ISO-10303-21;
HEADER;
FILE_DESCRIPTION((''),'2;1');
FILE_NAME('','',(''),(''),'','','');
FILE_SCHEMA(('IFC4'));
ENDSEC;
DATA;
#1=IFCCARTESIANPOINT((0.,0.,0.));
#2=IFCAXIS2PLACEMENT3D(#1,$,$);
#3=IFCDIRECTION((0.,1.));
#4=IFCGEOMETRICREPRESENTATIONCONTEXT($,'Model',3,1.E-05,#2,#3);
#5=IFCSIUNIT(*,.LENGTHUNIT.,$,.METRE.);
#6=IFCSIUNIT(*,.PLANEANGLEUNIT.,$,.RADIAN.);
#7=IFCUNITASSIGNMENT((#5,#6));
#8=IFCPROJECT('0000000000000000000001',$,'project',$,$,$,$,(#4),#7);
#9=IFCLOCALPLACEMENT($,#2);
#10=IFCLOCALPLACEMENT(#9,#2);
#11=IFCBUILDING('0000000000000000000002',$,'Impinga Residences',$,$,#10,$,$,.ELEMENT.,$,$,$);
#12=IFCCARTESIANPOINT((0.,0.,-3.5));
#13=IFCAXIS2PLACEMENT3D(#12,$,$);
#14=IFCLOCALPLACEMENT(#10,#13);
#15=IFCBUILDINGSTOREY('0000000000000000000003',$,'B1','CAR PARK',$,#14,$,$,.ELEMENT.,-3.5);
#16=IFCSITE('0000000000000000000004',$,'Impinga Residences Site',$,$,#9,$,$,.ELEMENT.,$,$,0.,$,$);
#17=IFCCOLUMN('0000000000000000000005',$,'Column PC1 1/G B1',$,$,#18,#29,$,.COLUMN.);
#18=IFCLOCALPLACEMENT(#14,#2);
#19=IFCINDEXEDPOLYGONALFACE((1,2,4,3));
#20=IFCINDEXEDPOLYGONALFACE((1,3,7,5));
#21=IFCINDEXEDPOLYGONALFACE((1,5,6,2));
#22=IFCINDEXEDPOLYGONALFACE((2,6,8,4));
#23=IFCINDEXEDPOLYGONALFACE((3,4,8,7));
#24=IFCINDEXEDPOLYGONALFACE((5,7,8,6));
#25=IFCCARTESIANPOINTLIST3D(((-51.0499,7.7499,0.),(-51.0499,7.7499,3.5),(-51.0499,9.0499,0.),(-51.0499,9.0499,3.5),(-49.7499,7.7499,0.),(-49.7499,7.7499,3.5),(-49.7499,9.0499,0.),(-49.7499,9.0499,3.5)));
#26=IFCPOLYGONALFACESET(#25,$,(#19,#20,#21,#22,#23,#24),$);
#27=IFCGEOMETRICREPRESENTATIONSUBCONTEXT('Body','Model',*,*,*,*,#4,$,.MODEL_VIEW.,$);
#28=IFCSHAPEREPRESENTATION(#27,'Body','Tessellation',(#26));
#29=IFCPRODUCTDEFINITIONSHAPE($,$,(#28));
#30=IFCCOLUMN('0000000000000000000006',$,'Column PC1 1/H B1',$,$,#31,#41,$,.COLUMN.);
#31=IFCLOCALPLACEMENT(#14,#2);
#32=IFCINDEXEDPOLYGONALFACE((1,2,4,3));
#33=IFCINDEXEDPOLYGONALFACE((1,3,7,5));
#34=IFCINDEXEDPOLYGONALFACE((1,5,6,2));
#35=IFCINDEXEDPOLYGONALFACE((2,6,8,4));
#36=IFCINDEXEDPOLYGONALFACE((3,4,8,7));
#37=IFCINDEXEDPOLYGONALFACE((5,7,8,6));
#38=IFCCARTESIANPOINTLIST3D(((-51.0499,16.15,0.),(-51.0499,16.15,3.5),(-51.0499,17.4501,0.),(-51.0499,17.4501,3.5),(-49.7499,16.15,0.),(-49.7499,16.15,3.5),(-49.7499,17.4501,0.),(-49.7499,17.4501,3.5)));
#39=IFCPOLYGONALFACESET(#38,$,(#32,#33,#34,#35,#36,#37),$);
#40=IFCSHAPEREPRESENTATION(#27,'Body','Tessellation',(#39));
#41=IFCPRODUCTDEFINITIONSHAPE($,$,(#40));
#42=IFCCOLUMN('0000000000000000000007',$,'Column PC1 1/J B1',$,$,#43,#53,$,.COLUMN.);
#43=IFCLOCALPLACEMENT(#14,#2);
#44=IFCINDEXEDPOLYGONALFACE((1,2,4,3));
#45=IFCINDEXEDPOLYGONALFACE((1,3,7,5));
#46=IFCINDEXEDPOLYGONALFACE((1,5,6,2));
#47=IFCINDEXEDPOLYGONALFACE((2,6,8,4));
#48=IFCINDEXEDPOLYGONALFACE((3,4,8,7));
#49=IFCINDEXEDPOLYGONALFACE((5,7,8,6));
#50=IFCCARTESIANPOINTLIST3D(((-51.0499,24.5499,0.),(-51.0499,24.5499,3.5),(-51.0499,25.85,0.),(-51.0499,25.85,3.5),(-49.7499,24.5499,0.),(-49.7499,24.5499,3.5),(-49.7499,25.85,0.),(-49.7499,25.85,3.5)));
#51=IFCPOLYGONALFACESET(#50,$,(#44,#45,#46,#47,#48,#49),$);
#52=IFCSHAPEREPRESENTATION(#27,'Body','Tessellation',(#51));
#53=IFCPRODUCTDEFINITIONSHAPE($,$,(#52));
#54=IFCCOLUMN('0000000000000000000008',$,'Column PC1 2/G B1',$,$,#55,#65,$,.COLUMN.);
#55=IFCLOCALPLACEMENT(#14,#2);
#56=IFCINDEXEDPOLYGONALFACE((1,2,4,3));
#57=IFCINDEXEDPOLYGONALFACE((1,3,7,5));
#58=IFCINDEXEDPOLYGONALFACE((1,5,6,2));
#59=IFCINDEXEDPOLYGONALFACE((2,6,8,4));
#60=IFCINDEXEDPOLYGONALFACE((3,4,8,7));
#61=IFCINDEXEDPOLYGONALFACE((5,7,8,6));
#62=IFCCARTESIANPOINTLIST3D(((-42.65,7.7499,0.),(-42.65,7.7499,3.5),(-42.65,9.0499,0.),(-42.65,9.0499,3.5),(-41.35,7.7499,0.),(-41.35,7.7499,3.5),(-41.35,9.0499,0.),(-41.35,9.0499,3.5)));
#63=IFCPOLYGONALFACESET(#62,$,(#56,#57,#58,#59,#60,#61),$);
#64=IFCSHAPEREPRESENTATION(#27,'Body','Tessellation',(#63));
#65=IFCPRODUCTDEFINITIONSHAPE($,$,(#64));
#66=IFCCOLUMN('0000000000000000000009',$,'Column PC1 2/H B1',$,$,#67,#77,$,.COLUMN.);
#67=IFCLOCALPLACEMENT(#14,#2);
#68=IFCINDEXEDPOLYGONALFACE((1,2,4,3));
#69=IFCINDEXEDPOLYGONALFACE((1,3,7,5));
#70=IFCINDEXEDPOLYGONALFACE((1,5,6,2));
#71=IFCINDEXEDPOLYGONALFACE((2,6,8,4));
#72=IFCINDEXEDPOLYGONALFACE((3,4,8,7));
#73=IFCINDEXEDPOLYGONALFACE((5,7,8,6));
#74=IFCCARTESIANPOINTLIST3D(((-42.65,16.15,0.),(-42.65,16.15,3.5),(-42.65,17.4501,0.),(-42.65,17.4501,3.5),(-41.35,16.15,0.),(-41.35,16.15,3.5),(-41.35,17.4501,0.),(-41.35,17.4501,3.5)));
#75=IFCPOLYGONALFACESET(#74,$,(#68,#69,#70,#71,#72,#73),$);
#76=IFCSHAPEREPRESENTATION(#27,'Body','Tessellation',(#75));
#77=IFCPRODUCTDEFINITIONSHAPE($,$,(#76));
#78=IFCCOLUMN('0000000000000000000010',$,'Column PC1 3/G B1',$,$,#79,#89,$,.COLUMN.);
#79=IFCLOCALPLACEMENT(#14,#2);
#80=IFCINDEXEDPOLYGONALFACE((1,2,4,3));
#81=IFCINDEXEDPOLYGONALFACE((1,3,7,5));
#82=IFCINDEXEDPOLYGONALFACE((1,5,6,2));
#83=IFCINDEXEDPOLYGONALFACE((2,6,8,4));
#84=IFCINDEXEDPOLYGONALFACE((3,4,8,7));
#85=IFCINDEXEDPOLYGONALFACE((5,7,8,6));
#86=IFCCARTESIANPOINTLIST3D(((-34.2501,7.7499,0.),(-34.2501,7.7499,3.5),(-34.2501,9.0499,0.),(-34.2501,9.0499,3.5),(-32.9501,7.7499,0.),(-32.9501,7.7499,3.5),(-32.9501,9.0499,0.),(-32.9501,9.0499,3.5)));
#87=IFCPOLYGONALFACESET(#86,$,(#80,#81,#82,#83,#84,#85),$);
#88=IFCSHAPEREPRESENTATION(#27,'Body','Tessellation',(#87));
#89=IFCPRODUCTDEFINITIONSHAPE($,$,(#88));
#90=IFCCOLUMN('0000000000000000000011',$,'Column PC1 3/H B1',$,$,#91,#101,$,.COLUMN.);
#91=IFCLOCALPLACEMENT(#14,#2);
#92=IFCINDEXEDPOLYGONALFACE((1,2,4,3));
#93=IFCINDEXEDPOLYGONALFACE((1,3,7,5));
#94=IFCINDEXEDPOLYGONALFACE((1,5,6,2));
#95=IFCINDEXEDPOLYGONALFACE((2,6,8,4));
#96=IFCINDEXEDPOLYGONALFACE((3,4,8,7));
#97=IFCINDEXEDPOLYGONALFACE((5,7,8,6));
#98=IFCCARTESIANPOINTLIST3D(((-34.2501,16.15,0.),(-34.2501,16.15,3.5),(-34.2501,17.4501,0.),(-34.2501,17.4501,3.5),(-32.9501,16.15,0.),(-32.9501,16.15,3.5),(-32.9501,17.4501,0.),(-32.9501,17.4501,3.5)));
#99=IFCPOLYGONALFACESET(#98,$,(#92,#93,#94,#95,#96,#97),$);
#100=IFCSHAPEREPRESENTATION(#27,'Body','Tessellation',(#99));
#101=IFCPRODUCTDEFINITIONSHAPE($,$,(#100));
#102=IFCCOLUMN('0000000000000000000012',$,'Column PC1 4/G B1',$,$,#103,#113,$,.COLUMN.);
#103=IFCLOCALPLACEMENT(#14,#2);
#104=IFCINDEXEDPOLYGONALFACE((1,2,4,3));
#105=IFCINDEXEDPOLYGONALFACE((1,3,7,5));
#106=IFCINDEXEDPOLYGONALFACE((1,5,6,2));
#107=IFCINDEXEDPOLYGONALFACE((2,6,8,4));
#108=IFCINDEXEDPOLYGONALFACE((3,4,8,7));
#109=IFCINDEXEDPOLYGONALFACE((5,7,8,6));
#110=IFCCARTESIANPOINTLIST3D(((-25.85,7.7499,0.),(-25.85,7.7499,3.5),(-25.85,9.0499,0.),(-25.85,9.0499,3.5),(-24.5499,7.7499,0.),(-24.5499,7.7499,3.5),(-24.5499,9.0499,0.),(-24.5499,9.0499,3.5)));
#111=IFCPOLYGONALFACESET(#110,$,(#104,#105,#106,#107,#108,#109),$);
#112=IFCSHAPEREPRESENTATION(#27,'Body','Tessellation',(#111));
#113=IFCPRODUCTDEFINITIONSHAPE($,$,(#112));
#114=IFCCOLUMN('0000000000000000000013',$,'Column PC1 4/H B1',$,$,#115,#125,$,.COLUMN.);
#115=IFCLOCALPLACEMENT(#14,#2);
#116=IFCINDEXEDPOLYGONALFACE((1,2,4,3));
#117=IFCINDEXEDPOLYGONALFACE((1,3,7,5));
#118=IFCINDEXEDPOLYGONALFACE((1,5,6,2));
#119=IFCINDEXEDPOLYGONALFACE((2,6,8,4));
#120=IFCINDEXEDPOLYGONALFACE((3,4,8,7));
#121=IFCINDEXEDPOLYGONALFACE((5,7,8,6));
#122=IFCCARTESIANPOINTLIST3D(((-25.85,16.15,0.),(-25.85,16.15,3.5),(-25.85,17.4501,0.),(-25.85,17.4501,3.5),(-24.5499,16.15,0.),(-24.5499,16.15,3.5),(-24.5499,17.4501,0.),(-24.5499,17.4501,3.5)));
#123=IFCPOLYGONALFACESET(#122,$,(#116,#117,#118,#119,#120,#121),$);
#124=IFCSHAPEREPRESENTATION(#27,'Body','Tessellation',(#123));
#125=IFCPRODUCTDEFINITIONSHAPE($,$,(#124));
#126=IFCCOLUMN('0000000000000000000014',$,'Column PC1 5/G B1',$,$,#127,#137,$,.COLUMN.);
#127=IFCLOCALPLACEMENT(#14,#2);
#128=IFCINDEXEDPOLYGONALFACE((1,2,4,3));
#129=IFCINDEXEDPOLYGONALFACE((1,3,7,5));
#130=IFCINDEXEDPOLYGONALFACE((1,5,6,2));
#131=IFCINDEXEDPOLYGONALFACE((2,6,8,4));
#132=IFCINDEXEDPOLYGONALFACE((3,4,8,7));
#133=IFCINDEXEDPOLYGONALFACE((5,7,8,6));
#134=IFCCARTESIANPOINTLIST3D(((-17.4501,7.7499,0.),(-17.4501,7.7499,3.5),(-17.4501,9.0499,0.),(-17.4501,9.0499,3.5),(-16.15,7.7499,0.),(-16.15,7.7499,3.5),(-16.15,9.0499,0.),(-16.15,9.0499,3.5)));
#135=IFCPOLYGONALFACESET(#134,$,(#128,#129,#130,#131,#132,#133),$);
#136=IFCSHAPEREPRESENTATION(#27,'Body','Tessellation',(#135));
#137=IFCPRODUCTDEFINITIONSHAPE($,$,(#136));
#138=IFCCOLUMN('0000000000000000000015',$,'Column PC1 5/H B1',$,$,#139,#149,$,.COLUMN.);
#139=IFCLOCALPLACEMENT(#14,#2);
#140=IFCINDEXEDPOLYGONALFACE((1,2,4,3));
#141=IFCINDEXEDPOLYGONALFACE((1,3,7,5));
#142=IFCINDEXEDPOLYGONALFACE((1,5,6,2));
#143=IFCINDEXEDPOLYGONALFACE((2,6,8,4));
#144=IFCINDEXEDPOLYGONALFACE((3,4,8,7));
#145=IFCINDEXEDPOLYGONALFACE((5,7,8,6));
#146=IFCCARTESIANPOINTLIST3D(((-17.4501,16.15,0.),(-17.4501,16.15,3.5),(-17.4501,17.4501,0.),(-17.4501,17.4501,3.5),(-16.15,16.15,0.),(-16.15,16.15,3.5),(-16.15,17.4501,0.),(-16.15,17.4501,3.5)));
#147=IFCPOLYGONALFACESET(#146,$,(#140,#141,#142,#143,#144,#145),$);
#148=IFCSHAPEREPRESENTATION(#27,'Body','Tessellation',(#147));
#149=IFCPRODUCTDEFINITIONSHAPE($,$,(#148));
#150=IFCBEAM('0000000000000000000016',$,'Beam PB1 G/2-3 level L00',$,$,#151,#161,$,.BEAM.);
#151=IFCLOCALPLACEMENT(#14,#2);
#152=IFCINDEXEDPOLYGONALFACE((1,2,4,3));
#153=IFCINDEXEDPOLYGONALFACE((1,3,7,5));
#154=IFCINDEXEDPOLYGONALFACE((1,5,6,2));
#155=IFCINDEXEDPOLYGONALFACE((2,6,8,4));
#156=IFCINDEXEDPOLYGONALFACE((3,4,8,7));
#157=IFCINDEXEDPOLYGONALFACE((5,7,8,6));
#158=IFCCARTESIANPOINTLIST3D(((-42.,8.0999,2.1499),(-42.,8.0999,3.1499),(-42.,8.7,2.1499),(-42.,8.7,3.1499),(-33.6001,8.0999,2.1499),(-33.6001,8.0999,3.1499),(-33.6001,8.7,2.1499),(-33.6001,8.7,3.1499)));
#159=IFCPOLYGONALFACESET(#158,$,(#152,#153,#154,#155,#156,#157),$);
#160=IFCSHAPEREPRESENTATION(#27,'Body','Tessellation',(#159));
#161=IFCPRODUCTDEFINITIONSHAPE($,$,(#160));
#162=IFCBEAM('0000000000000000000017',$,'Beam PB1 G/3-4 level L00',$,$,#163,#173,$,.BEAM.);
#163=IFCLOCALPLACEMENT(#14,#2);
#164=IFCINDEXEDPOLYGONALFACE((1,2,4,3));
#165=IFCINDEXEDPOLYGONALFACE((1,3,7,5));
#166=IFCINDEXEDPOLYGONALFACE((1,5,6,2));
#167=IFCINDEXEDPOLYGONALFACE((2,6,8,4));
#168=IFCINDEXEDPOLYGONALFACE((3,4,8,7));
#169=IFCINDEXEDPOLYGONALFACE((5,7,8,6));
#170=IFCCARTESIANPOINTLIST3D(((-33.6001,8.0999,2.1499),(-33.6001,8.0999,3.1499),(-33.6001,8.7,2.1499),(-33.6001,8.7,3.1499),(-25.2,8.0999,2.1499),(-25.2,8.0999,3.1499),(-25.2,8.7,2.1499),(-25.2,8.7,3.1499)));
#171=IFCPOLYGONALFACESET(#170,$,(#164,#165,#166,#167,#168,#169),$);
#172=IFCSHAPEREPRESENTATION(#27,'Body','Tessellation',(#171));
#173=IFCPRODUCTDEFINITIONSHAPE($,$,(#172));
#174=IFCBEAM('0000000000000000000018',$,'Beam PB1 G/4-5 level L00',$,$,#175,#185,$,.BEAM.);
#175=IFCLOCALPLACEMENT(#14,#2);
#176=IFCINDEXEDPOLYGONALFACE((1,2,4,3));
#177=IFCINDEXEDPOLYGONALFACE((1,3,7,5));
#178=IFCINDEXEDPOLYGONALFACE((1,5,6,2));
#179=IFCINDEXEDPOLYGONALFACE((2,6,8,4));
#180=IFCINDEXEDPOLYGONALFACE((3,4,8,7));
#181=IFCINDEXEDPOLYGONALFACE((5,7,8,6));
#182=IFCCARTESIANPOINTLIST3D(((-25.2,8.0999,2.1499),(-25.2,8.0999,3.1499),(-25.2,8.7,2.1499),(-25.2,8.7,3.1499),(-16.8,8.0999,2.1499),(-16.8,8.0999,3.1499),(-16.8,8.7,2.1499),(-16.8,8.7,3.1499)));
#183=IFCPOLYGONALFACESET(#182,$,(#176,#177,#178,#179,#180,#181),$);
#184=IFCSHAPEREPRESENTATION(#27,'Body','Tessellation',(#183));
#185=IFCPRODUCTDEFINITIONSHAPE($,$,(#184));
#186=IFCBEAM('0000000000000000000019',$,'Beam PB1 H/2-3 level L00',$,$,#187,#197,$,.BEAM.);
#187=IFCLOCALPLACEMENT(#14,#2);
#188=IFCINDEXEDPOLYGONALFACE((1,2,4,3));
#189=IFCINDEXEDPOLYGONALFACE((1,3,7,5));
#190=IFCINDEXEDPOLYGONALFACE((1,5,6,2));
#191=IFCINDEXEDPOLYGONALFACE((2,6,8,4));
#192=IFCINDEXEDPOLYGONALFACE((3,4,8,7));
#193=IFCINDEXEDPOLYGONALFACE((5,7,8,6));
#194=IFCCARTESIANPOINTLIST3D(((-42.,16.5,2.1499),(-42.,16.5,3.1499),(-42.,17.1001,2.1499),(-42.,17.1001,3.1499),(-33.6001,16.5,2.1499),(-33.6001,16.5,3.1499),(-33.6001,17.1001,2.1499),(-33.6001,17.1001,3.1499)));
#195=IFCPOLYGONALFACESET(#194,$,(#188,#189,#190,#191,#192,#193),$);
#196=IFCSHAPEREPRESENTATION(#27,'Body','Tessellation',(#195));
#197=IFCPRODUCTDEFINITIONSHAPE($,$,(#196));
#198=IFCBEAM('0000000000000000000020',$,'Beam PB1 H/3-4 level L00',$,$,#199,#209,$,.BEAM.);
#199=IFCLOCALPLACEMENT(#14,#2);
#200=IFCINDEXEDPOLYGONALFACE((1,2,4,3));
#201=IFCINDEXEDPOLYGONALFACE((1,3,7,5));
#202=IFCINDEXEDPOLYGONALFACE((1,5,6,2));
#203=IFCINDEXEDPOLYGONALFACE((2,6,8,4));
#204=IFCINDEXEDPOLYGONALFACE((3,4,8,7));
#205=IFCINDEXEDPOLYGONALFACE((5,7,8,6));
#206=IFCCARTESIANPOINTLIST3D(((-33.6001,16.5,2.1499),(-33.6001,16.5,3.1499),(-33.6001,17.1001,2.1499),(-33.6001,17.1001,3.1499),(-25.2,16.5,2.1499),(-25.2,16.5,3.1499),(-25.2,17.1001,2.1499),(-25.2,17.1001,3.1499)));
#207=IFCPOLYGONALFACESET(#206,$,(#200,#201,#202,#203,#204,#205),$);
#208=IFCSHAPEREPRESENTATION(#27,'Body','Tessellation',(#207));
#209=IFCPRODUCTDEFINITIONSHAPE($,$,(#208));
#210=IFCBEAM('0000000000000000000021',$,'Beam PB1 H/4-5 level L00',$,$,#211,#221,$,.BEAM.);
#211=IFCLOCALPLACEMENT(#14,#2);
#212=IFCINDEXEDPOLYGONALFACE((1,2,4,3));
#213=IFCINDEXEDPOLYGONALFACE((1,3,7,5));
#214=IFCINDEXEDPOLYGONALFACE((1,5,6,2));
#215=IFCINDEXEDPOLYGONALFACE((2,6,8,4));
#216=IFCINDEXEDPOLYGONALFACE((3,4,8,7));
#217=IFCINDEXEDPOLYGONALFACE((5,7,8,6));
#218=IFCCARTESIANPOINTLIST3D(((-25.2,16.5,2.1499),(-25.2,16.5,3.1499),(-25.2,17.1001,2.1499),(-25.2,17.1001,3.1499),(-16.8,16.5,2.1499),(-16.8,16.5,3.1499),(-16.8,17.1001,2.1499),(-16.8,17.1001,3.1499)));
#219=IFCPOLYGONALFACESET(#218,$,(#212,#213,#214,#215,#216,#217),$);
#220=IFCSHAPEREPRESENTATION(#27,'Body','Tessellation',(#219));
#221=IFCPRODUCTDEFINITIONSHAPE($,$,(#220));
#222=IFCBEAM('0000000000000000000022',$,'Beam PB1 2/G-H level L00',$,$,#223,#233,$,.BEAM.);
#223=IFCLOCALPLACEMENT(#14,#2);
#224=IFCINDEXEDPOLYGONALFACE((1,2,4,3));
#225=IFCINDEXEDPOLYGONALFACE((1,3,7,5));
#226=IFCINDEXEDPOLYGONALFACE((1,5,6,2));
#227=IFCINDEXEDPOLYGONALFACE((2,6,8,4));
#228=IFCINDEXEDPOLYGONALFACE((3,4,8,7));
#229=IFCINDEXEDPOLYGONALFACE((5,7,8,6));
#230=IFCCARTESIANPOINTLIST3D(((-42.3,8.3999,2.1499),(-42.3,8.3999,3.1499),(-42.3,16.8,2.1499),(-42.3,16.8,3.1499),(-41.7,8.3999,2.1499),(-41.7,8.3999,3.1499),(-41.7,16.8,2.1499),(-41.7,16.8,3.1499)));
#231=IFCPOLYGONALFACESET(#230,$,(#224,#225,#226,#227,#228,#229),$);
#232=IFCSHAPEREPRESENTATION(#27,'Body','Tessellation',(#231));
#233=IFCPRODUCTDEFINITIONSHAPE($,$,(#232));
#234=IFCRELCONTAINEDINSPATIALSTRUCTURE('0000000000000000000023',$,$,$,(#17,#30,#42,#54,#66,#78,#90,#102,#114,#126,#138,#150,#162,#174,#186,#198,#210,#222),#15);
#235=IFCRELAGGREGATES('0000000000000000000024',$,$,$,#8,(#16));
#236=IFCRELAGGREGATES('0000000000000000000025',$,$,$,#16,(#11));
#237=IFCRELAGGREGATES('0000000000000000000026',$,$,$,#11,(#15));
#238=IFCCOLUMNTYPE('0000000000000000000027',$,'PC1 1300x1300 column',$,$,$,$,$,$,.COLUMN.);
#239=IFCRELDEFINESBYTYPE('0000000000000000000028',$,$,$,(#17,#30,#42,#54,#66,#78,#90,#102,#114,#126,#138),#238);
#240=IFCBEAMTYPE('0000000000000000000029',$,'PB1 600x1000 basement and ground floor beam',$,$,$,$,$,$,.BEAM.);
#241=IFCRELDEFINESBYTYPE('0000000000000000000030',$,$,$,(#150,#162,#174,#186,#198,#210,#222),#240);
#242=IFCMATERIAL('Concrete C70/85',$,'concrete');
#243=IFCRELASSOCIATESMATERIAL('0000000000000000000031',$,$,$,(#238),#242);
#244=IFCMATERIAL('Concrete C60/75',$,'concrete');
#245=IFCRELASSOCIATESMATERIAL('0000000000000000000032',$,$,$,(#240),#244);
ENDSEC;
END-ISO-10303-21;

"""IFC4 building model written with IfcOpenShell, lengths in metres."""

from ifc_helpers import new_model, si_unit, direction, frame, origin, origin_2d, place, context, subcontext, project, spatial, rectangle, extrude, material, material_profile, profile_set, type_object, element, save


model = new_model("IFC4")

# Units and contexts
model_context = context("Model", 3, precision=1e-05, world=origin(), true_north=direction((0.0, 1.0)))
body_context = subcontext(model_context, "Body", "Model", "MODEL_VIEW")
ifc_project = project(units=[si_unit("LENGTHUNIT", "METRE"), si_unit("PLANEANGLEUNIT", "RADIAN")], contexts=[model_context])

# Site, building, storey
site_placement = place(None, origin())
site = spatial("IfcSite", under=ifc_project, at=site_placement, Name="Impinga Residences Site", CompositionType="ELEMENT", RefElevation=0.0)
building_placement = place(site_placement, origin())
building = spatial("IfcBuilding", under=site, at=building_placement, Name="Impinga Residences", CompositionType="ELEMENT")
storey_placement = place(building_placement, frame((0.0, 0.0, -3.5)))
storey = spatial("IfcBuildingStorey", under=building, at=storey_placement, Name="B1", Description="CAR PARK", CompositionType="ELEMENT", Elevation=-3.5)

# Columns
ifc_material_1 = material(Name="Concrete C70/85", Category="concrete")
ifc_material_profile_1 = material_profile(ifc_material_1, rectangle(XDim=1.3, YDim=1.3, at=origin_2d()), Name="RC 1300x1300")
ifc_profile_set_1 = profile_set([ifc_material_profile_1], Name="Concrete C70/85")
column_type = type_object("IfcColumnType", Name="PC1 1300x1300 column", PredefinedType="COLUMN", material=ifc_profile_set_1)
for number, where, z_axis, x_axis, name in (
    (1, (-50.3999, 8.3999, 0.0), (0.0, 0.0, 1.0), (1.0, 0.0, 0.0), "Column PC1 1/G B1"),
    (2, (-50.3999, 16.8, 0.0), (0.0, 0.0, 1.0), (1.0, 0.0, 0.0), "Column PC1 1/H B1"),
    (3, (-50.3999, 25.2, 0.0), (0.0, 0.0, 1.0), (1.0, 0.0, 0.0), "Column PC1 1/J B1"),
    (4, (-42.0, 8.3999, 0.0), (0.0, 0.0, 1.0), (1.0, 0.0, 0.0), "Column PC1 2/G B1"),
    (5, (-42.0, 16.8, 0.0), (0.0, 0.0, 1.0), (1.0, 0.0, 0.0), "Column PC1 2/H B1"),
    (6, (-33.6001, 8.3999, 0.0), (0.0, 0.0, 1.0), (1.0, 0.0, 0.0), "Column PC1 3/G B1"),
    (7, (-33.6001, 16.8, 0.0), (0.0, 0.0, 1.0), (1.0, 0.0, 0.0), "Column PC1 3/H B1"),
    (8, (-25.2, 8.3999, 0.0), (0.0, 0.0, 1.0), (1.0, 0.0, 0.0), "Column PC1 4/G B1"),
    (9, (-25.2, 16.8, 0.0), (0.0, 0.0, 1.0), (1.0, 0.0, 0.0), "Column PC1 4/H B1"),
    (10, (-16.8, 8.3999, 0.0), (0.0, 0.0, 1.0), (1.0, 0.0, 0.0), "Column PC1 5/G B1"),
    (11, (-16.8, 16.8, 0.0), (0.0, 0.0, 1.0), (1.0, 0.0, 0.0), "Column PC1 5/H B1"),
):
    element("IfcColumn", number, at=place(storey_placement, frame(where, z_axis=z_axis, x_axis=x_axis)), inside=storey, type_object=column_type, Name=name, PredefinedType="COLUMN", context=body_context, shape_type="SweptSolid", body=[
        extrude(rectangle(XDim=1.3, YDim=1.3, at=origin_2d()), origin(), (0.0, 0.0, 1.0), 3.5),
    ])

# Beams
ifc_material_2 = material(Name="Concrete C60/75", Category="concrete")
ifc_material_profile_2 = material_profile(ifc_material_2, rectangle(XDim=0.6001, YDim=1.0, at=origin_2d()), Name="RC 600x1000")
ifc_profile_set_2 = profile_set([ifc_material_profile_2], Name="Concrete C60/75")
beam_type = type_object("IfcBeamType", Name="PB1 600x1000 basement and ground floor beam", PredefinedType="BEAM", material=ifc_profile_set_2)
beam_1_placement = place(storey_placement, frame((-42.0, 8.3999, 2.6499), z_axis=(1.0, 0.0, 0.0), x_axis=(0.0, 1.0, 0.0)))
element("IfcBeam", 12, at=beam_1_placement, inside=storey, type_object=beam_type, Name="Beam PB1 G/2-3 level L00", PredefinedType="BEAM", context=body_context, shape_type="SweptSolid", body=[
    extrude(rectangle(XDim=0.6001, YDim=1.0, at=origin_2d()), origin(), (0.0, 0.0, 1.0), 8.3999),
])
beam_2_placement = place(storey_placement, frame((-33.6001, 8.3999, 2.6499), z_axis=(1.0, 0.0, 0.0), x_axis=(0.0, 1.0, 0.0)))
element("IfcBeam", 13, at=beam_2_placement, inside=storey, type_object=beam_type, Name="Beam PB1 G/3-4 level L00", PredefinedType="BEAM", context=body_context, shape_type="SweptSolid", body=[
    extrude(rectangle(XDim=0.6001, YDim=1.0, at=origin_2d()), origin(), (0.0, 0.0, 1.0), 8.4001),
])
for number, where, z_axis, x_axis, name in (
    (14, (-25.2, 8.3999, 2.6499), (1.0, 0.0, 0.0), (0.0, 1.0, 0.0), "Beam PB1 G/4-5 level L00"),
    (15, (-42.0, 16.8, 2.6499), (1.0, 0.0, 0.0), (0.0, 1.0, 0.0), "Beam PB1 H/2-3 level L00"),
):
    element("IfcBeam", number, at=place(storey_placement, frame(where, z_axis=z_axis, x_axis=x_axis)), inside=storey, type_object=beam_type, Name=name, PredefinedType="BEAM", context=body_context, shape_type="SweptSolid", body=[
        extrude(rectangle(XDim=0.6001, YDim=1.0, at=origin_2d()), origin(), (0.0, 0.0, 1.0), 8.3999),
    ])
beam_3_placement = place(storey_placement, frame((-33.6001, 16.8, 2.6499), z_axis=(1.0, 0.0, 0.0), x_axis=(0.0, 1.0, 0.0)))
element("IfcBeam", 16, at=beam_3_placement, inside=storey, type_object=beam_type, Name="Beam PB1 H/3-4 level L00", PredefinedType="BEAM", context=body_context, shape_type="SweptSolid", body=[
    extrude(rectangle(XDim=0.6001, YDim=1.0, at=origin_2d()), origin(), (0.0, 0.0, 1.0), 8.4001),
])
beam_4_placement = place(storey_placement, frame((-25.2, 16.8, 2.6499), z_axis=(1.0, 0.0, 0.0), x_axis=(0.0, 1.0, 0.0)))
element("IfcBeam", 17, at=beam_4_placement, inside=storey, type_object=beam_type, Name="Beam PB1 H/4-5 level L00", PredefinedType="BEAM", context=body_context, shape_type="SweptSolid", body=[
    extrude(rectangle(XDim=0.6001, YDim=1.0, at=origin_2d()), origin(), (0.0, 0.0, 1.0), 8.3999),
])
beam_5_placement = place(storey_placement, frame((-42.0, 8.3999, 2.6499), z_axis=(0.0, 1.0, 0.0), x_axis=(-1.0, 0.0, 0.0)))
element("IfcBeam", 18, at=beam_5_placement, inside=storey, type_object=beam_type, Name="Beam PB1 2/G-H level L00", PredefinedType="BEAM", context=body_context, shape_type="SweptSolid", body=[
    extrude(rectangle(XDim=0.6001, YDim=1.0, at=origin_2d()), origin(), (0.0, 0.0, 1.0), 8.4001),
])

save(model, "model.ifc")
